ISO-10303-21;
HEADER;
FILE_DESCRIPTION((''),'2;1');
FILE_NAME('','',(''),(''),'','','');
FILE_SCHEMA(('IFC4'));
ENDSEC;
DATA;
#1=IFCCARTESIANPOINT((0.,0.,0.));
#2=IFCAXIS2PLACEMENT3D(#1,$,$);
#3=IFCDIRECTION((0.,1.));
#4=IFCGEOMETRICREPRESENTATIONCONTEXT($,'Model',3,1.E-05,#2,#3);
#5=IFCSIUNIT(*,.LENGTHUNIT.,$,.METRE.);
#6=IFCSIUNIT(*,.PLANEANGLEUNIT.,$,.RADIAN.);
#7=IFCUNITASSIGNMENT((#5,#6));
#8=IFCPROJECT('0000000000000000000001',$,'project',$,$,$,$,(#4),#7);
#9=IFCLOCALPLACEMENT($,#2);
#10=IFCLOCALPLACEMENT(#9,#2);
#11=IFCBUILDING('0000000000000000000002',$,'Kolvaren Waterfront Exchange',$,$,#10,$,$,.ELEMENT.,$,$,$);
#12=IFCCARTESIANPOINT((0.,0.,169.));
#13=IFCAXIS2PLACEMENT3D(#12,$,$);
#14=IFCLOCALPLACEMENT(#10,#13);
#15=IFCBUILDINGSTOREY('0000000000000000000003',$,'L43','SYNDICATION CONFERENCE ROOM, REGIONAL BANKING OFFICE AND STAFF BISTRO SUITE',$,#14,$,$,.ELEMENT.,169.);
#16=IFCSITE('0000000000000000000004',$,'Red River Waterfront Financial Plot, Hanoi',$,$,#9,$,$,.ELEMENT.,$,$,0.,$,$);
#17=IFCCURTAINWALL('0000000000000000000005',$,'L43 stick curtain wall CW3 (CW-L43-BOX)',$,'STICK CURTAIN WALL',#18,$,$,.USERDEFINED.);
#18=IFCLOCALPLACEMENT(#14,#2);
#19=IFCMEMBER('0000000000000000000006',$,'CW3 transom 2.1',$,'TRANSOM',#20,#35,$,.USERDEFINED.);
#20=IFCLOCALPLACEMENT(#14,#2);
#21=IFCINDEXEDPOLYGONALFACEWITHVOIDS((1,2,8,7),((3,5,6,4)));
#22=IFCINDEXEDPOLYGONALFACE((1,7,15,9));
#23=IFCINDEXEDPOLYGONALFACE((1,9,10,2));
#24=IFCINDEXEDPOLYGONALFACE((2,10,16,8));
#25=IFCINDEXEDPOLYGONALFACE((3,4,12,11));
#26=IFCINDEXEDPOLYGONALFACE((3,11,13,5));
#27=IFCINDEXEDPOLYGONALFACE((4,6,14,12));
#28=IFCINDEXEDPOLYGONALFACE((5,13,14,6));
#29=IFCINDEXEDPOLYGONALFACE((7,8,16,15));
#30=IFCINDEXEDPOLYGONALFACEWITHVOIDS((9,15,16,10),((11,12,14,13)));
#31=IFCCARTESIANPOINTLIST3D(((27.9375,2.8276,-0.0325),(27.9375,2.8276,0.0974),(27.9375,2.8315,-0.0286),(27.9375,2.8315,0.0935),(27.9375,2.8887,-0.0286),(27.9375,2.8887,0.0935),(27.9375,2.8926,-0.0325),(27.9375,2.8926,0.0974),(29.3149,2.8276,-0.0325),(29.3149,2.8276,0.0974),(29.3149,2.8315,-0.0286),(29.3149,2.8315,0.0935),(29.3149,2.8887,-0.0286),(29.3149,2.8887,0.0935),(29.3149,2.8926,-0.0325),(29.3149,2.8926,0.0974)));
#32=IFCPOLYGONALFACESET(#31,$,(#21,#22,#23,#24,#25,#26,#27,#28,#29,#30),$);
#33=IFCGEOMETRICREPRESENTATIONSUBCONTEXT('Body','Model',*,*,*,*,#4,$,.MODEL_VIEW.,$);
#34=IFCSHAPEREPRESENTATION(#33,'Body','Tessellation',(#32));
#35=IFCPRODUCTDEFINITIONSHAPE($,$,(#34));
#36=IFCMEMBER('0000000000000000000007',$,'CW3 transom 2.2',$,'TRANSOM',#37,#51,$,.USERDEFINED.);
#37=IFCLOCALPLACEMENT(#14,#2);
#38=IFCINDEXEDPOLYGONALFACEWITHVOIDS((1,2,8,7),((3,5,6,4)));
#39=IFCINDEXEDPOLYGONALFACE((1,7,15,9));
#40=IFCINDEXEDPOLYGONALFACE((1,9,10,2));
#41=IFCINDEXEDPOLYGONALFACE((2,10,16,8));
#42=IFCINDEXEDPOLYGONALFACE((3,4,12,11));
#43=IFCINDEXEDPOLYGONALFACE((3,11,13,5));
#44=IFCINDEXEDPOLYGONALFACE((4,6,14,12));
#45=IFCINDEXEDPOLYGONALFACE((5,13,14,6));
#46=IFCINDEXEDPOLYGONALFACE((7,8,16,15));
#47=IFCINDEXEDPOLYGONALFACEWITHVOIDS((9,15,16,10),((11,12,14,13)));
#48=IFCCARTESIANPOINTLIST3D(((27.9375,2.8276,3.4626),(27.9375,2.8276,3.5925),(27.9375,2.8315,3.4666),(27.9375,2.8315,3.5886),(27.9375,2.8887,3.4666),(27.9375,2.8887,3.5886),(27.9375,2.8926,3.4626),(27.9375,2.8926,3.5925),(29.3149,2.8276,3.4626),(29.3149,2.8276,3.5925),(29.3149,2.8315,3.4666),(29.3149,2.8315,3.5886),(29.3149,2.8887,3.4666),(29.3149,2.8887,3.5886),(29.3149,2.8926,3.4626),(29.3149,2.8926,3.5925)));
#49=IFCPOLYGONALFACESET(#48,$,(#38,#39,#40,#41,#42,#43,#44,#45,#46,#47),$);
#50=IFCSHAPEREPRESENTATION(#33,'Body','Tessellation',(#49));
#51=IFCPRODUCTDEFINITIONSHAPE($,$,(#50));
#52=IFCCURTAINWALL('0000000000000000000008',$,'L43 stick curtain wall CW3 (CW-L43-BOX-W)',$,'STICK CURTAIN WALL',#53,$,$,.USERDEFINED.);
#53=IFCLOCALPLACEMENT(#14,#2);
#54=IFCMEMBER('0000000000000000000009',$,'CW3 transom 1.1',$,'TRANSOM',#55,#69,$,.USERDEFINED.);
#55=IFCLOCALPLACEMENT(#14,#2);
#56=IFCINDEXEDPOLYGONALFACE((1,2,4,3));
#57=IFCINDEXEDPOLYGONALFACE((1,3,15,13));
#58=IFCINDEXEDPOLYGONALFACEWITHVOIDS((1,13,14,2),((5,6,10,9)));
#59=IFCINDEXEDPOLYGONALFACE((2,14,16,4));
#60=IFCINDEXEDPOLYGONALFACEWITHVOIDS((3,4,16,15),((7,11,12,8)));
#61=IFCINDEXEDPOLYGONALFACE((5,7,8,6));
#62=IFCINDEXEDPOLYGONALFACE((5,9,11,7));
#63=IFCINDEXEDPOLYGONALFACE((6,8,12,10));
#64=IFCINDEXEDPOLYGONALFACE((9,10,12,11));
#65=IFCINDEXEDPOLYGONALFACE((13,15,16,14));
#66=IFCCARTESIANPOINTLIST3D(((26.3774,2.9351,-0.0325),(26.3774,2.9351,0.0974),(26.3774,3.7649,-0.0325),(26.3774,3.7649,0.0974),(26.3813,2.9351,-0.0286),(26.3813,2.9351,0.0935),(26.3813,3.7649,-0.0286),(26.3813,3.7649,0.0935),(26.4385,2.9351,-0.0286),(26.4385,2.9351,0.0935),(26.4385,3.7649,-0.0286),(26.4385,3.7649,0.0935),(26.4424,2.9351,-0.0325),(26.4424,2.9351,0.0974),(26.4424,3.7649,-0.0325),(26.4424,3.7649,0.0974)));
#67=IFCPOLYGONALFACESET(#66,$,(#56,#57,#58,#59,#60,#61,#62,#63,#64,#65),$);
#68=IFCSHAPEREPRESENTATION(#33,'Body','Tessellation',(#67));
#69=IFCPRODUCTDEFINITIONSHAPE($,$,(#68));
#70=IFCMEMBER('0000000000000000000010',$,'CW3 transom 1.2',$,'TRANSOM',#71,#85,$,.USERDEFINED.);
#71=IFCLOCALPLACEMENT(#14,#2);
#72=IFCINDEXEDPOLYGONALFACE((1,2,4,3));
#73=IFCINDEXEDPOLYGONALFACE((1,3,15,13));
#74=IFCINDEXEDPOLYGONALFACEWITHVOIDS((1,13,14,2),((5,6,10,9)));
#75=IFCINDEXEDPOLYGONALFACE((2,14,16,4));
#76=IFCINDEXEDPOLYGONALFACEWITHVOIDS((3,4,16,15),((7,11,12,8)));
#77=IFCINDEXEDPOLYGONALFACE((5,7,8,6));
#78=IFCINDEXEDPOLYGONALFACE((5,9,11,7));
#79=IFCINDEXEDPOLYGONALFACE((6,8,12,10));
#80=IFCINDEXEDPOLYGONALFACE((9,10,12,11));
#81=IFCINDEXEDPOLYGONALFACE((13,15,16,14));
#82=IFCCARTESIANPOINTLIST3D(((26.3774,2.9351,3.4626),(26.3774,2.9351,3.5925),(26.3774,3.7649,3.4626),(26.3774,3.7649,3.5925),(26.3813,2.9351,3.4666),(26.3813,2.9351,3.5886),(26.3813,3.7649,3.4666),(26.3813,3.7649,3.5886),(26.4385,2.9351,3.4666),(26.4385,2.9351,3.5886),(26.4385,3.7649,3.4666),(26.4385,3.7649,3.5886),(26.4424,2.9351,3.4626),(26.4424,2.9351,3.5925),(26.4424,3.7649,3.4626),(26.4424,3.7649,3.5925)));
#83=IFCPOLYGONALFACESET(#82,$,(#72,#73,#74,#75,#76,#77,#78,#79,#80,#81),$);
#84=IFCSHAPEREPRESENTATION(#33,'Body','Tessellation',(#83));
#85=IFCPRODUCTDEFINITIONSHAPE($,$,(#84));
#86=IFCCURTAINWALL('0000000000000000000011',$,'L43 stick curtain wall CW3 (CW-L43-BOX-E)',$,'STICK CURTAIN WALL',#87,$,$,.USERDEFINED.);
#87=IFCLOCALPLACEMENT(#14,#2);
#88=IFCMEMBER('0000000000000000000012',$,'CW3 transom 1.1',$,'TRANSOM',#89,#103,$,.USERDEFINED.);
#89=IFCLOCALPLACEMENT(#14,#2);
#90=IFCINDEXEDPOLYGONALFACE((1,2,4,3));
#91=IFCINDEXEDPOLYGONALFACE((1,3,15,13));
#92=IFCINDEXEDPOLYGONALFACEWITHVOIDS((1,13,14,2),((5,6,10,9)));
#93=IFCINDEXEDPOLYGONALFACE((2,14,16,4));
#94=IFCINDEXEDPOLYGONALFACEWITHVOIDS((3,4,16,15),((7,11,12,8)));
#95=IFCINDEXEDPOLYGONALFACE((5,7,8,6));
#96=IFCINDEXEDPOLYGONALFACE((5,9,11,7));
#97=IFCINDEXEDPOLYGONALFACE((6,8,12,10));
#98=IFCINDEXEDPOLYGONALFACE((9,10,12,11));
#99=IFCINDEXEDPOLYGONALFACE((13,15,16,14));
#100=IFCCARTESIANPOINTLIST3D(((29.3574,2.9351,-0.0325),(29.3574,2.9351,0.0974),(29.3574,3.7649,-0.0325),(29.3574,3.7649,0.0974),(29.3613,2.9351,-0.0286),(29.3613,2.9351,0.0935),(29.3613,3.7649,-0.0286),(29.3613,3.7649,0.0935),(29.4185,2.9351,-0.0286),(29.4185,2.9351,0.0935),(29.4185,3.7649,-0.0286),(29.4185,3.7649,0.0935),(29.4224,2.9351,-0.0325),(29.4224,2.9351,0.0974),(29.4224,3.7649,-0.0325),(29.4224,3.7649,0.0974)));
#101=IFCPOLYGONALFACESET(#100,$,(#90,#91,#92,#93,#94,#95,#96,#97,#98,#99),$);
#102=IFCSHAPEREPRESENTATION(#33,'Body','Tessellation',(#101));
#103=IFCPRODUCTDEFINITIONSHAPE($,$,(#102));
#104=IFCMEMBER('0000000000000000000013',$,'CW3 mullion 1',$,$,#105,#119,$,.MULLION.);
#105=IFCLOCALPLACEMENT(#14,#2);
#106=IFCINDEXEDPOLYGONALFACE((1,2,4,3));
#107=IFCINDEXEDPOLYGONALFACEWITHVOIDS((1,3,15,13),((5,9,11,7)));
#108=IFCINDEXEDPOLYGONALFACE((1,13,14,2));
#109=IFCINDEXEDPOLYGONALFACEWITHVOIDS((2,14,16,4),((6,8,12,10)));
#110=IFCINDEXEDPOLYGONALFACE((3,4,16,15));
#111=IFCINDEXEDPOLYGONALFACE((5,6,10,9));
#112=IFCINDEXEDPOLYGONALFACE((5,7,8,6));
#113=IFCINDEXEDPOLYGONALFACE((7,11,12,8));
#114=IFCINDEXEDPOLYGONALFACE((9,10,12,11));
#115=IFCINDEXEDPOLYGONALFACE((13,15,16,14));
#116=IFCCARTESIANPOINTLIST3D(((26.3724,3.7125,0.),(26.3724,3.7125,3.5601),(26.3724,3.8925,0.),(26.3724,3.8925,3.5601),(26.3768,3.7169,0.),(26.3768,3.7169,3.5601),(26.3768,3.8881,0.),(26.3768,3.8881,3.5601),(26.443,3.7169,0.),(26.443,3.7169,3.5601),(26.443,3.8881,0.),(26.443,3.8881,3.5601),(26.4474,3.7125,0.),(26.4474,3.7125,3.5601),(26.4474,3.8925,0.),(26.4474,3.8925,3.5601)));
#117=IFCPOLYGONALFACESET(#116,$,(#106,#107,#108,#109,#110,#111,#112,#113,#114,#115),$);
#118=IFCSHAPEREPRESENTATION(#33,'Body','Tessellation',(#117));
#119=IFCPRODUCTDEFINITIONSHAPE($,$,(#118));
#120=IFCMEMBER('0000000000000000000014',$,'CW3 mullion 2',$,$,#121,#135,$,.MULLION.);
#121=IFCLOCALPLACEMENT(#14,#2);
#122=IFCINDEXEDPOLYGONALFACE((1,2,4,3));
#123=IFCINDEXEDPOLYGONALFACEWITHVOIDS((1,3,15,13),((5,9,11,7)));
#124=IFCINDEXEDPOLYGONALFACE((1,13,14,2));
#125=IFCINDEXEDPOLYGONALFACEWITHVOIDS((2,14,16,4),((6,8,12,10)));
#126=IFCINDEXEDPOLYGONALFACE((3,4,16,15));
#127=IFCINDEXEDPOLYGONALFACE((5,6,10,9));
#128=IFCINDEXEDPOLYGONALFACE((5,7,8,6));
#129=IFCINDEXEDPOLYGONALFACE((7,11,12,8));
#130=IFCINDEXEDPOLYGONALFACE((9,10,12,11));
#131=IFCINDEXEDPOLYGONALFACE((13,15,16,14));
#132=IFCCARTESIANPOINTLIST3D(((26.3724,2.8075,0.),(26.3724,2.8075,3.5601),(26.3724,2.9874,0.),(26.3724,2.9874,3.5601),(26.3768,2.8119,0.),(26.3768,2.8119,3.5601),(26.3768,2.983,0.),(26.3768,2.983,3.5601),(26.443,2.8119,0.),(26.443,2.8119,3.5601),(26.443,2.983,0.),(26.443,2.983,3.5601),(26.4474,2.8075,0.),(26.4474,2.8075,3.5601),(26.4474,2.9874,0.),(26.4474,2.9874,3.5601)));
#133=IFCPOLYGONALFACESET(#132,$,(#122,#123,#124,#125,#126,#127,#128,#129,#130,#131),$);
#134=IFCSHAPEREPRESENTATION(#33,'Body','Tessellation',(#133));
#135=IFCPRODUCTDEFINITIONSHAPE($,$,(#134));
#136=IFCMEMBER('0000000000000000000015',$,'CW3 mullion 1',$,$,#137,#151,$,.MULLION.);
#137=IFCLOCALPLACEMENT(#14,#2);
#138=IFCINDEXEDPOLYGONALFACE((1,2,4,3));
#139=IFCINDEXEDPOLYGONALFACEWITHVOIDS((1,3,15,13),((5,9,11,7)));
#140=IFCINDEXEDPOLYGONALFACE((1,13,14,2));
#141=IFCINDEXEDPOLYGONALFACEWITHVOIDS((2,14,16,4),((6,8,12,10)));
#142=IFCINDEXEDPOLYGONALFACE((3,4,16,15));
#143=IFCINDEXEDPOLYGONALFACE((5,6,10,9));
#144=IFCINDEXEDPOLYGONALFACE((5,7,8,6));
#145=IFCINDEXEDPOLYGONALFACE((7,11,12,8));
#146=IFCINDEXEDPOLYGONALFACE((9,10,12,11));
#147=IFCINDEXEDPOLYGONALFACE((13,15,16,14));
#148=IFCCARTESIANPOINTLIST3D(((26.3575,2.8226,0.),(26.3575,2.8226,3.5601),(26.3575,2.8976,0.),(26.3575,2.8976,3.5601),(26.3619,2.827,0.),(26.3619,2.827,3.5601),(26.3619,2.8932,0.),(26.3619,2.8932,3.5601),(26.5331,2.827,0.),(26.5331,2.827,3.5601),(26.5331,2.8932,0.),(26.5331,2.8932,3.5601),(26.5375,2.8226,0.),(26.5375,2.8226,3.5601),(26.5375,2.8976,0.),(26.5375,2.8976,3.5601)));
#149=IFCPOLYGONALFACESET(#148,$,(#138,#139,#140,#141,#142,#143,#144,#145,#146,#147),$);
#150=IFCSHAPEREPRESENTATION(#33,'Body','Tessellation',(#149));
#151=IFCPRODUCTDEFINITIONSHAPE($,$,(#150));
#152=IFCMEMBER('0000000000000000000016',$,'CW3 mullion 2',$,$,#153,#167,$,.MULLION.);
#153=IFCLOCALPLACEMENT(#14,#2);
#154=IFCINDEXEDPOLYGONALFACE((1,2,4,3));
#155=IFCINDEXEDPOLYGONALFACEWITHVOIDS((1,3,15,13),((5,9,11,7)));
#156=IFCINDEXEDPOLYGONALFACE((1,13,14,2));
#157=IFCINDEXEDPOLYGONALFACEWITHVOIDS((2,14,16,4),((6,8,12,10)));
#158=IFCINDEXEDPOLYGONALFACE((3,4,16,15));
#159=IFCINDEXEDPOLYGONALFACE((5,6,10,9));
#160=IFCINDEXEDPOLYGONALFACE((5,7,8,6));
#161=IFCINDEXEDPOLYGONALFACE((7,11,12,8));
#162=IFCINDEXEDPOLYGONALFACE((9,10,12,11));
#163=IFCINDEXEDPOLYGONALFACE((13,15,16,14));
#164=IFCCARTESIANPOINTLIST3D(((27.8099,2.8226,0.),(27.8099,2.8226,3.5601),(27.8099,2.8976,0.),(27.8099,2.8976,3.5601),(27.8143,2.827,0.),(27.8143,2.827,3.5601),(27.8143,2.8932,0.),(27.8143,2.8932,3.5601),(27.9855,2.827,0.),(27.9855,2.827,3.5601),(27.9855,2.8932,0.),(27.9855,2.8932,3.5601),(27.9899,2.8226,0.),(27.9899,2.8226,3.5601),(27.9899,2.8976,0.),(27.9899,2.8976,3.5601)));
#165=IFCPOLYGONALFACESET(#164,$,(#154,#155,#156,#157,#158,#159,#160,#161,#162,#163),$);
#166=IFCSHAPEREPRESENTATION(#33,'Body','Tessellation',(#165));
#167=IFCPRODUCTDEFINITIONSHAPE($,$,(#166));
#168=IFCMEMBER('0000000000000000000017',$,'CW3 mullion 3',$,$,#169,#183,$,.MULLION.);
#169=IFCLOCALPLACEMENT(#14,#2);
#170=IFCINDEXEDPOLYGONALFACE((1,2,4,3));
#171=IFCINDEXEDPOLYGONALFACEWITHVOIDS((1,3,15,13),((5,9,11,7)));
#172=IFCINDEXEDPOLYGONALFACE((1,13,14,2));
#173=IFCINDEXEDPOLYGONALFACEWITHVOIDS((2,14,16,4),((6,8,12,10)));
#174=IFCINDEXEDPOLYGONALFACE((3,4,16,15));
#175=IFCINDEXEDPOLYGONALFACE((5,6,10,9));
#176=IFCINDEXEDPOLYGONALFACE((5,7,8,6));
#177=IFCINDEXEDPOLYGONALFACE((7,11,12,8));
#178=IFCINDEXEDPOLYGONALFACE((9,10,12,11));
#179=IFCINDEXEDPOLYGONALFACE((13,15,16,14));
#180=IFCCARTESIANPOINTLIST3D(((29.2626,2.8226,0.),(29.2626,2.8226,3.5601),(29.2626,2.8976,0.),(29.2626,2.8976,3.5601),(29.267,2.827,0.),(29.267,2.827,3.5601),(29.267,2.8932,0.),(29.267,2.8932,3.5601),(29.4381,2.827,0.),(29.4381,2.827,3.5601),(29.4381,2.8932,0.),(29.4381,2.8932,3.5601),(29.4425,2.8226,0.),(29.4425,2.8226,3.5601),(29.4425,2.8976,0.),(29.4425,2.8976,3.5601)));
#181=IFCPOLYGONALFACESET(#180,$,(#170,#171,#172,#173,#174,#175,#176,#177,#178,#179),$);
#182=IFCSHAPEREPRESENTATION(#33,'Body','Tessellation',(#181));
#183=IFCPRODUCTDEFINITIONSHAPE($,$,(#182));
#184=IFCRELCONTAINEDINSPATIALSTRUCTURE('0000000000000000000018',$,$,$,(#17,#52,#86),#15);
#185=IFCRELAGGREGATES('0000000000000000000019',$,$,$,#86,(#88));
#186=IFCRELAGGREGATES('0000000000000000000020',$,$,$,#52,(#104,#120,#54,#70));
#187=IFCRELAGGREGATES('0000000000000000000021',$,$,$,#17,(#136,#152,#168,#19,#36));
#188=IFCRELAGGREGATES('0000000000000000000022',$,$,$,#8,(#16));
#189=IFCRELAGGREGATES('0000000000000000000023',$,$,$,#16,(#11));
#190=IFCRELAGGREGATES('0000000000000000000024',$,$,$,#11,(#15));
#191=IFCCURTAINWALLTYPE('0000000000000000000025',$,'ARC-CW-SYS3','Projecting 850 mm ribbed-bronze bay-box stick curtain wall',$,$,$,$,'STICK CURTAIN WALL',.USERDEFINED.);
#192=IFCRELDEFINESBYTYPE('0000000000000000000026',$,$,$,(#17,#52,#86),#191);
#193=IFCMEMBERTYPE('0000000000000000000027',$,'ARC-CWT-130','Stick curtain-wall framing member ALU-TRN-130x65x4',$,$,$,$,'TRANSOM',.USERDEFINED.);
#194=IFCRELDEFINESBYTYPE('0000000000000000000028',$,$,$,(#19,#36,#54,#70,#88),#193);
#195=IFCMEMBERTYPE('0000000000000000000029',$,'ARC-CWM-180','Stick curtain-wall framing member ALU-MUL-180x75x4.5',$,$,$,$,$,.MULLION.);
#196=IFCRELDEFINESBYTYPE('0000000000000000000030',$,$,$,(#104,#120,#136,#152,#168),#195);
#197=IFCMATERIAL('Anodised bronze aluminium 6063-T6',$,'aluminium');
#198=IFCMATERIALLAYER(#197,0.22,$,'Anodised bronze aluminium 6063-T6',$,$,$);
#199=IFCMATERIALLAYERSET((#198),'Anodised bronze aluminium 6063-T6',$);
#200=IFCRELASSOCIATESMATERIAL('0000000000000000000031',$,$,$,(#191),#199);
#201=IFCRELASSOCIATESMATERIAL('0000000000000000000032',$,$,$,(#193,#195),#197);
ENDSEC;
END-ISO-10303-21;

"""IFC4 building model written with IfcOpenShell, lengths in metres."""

from ifc_helpers import new_model, si_unit, direction, frame, origin, origin_with_axes, origin_2d, place, context, subcontext, project, spatial, hollow_rectangle, extrude, source, transform, mapped, material, layer, layer_set, material_profile, profile_set, type_object, element, aggregate, save


model = new_model("IFC4")

# Units and contexts
model_context = context("Model", 3, precision=1e-05, world=origin(), true_north=direction((0.0, 1.0)))
body_context = subcontext(model_context, "Body", "Model", "MODEL_VIEW")
ifc_project = project(units=[si_unit("LENGTHUNIT", "METRE"), si_unit("PLANEANGLEUNIT", "RADIAN")], contexts=[model_context])

# Site, building, storey
site_placement = place(None, origin())
site = spatial("IfcSite", under=ifc_project, at=site_placement, Name="Red River Waterfront Financial Plot, Hanoi", CompositionType="ELEMENT", RefElevation=0.0)
building_placement = place(site_placement, origin())
building = spatial("IfcBuilding", under=site, at=building_placement, Name="Kolvaren Waterfront Exchange", CompositionType="ELEMENT")
storey_placement = place(building_placement, frame((0.0, 0.0, 169.0)))
storey = spatial("IfcBuildingStorey", under=building, at=storey_placement, Name="L43", Description="SYNDICATION CONFERENCE ROOM, REGIONAL BANKING OFFICE AND STAFF BISTRO SUITE", CompositionType="ELEMENT", Elevation=169.0)

# Curtain walls, members
ifc_material_1 = material(Name="Anodised bronze aluminium 6063-T6", Category="aluminium")
ifc_layer_1 = layer(ifc_material_1, 0.22, Name="Anodised bronze aluminium 6063-T6")
ifc_layer_set_1 = layer_set([ifc_layer_1], Name="Anodised bronze aluminium 6063-T6")
curtain_wall_type_1 = type_object("IfcCurtainWallType", Name="ARC-CW-SYS3", Description="Projecting 850 mm ribbed-bronze bay-box stick curtain wall", ElementType="STICK CURTAIN WALL", PredefinedType="USERDEFINED", material=ifc_layer_set_1)
curtain_wall_1_placement = place(storey_placement, origin())
curtain_wall_1 = element("IfcCurtainWall", 1, at=curtain_wall_1_placement, inside=storey, type_object=curtain_wall_type_1, Name="L43 stick curtain wall CW3 (CW-L43-BOX)", ObjectType="STICK CURTAIN WALL", PredefinedType="USERDEFINED")
ifc_material_profile_1 = material_profile(ifc_material_1, hollow_rectangle(XDim=0.0649, YDim=0.1299, WallThickness=0.0039, at=origin_2d()), Name="ALU-TRN-130x65x4")
ifc_profile_set_1 = profile_set([ifc_material_profile_1], Name="Anodised bronze aluminium 6063-T6")
member_type_1 = type_object("IfcMemberType", Name="ARC-CWT-130", Description="Stick curtain-wall framing member ALU-TRN-130x65x4", ElementType="TRANSOM", PredefinedType="USERDEFINED", material=ifc_profile_set_1)
shared_shape_1 = source(origin_with_axes(), body_context, "Body", "SweptSolid", [
    extrude(hollow_rectangle(XDim=0.0649, YDim=0.1299, WallThickness=0.0039, at=origin_2d()), origin(), (0.0, 0.0, 1.0), 1.3774),
])
member_1_placement = place(storey_placement, frame((27.9375, 2.8601, 0.0325), z_axis=(1.0, 0.0, 0.0), x_axis=(0.0, 1.0, 0.0)))
member_1 = element("IfcMember", 2, at=member_1_placement, type_object=member_type_1, Name="CW3 transom 2.1", ObjectType="TRANSOM", PredefinedType="USERDEFINED", context=body_context, shape_type="MappedRepresentation", body=[
    mapped(shared_shape_1, transform((0.0, 0.0, 0.0), x_axis=(1.0, 0.0, 0.0), y_axis=(0.0, 1.0, 0.0), z_axis=(0.0, 0.0, 1.0), scale=1.0)),
])
member_2_placement = place(storey_placement, frame((27.9375, 2.8601, 3.5276), z_axis=(1.0, 0.0, 0.0), x_axis=(0.0, 1.0, 0.0)))
member_2 = element("IfcMember", 3, at=member_2_placement, type_object=member_type_1, Name="CW3 transom 2.2", ObjectType="TRANSOM", PredefinedType="USERDEFINED", context=body_context, shape_type="MappedRepresentation", body=[
    mapped(shared_shape_1, transform((0.0, 0.0, 0.0), x_axis=(1.0, 0.0, 0.0), y_axis=(0.0, 1.0, 0.0), z_axis=(0.0, 0.0, 1.0), scale=1.0)),
])
curtain_wall_2_placement = place(storey_placement, origin())
curtain_wall_2 = element("IfcCurtainWall", 4, at=curtain_wall_2_placement, inside=storey, type_object=curtain_wall_type_1, Name="L43 stick curtain wall CW3 (CW-L43-BOX-W)", ObjectType="STICK CURTAIN WALL", PredefinedType="USERDEFINED")
shared_shape_2 = source(origin_with_axes(), body_context, "Body", "SweptSolid", [
    extrude(hollow_rectangle(XDim=0.0649, YDim=0.1299, WallThickness=0.0039, at=origin_2d()), origin(), (0.0, 0.0, 1.0), 0.8298),
])
member_3_placement = place(storey_placement, frame((26.4099, 3.7649, 0.0325), z_axis=(0.0, -1.0, 0.0), x_axis=(1.0, 0.0, 0.0)))
member_3 = element("IfcMember", 5, at=member_3_placement, type_object=member_type_1, Name="CW3 transom 1.1", ObjectType="TRANSOM", PredefinedType="USERDEFINED", context=body_context, shape_type="MappedRepresentation", body=[
    mapped(shared_shape_2, transform((0.0, 0.0, 0.0), x_axis=(1.0, 0.0, 0.0), y_axis=(0.0, 1.0, 0.0), z_axis=(0.0, 0.0, 1.0), scale=1.0)),
])
member_4_placement = place(storey_placement, frame((26.4099, 3.7649, 3.5276), z_axis=(0.0, -1.0, 0.0), x_axis=(1.0, 0.0, 0.0)))
member_4 = element("IfcMember", 6, at=member_4_placement, type_object=member_type_1, Name="CW3 transom 1.2", ObjectType="TRANSOM", PredefinedType="USERDEFINED", context=body_context, shape_type="MappedRepresentation", body=[
    mapped(shared_shape_2, transform((0.0, 0.0, 0.0), x_axis=(1.0, 0.0, 0.0), y_axis=(0.0, 1.0, 0.0), z_axis=(0.0, 0.0, 1.0), scale=1.0)),
])

# Curtain wall, member
curtain_wall_3_placement = place(storey_placement, origin())
curtain_wall_3 = element("IfcCurtainWall", 7, at=curtain_wall_3_placement, inside=storey, type_object=curtain_wall_type_1, Name="L43 stick curtain wall CW3 (CW-L43-BOX-E)", ObjectType="STICK CURTAIN WALL", PredefinedType="USERDEFINED")
member_5_placement = place(storey_placement, frame((29.3899, 2.9351, 0.0325), z_axis=(0.0, 1.0, 0.0), x_axis=(-1.0, 0.0, 0.0)))
member_5 = element("IfcMember", 8, at=member_5_placement, type_object=member_type_1, Name="CW3 transom 1.1", ObjectType="TRANSOM", PredefinedType="USERDEFINED", context=body_context, shape_type="MappedRepresentation", body=[
    mapped(shared_shape_2, transform((0.0, 0.0, 0.0), x_axis=(1.0, 0.0, 0.0), y_axis=(0.0, 1.0, 0.0), z_axis=(0.0, 0.0, 1.0), scale=1.0)),
])

# Members
ifc_material_profile_2 = material_profile(ifc_material_1, hollow_rectangle(XDim=0.075, YDim=0.1799, WallThickness=0.0044, at=origin_2d()), Name="ALU-MUL-180x75x4.5")
ifc_profile_set_2 = profile_set([ifc_material_profile_2], Name="Anodised bronze aluminium 6063-T6")
member_type_2 = type_object("IfcMemberType", Name="ARC-CWM-180", Description="Stick curtain-wall framing member ALU-MUL-180x75x4.5", PredefinedType="MULLION", material=ifc_profile_set_2)
shared_shape_3 = source(origin_with_axes(), body_context, "Body", "SweptSolid", [
    extrude(hollow_rectangle(XDim=0.075, YDim=0.1799, WallThickness=0.0044, at=origin_2d()), origin(), (0.0, 0.0, 1.0), 3.5601),
])
member_6_placement = place(storey_placement, frame((26.4099, 3.8025, 0.0), z_axis=(0.0, 0.0, 1.0), x_axis=(1.0, 0.0, 0.0)))
member_6 = element("IfcMember", 9, at=member_6_placement, type_object=member_type_2, Name="CW3 mullion 1", PredefinedType="MULLION", context=body_context, shape_type="MappedRepresentation", body=[
    mapped(shared_shape_3, transform((0.0, 0.0, 0.0), x_axis=(1.0, 0.0, 0.0), y_axis=(0.0, 1.0, 0.0), z_axis=(0.0, 0.0, 1.0), scale=1.0)),
])
member_7_placement = place(storey_placement, frame((26.4099, 2.8975, 0.0), z_axis=(0.0, 0.0, 1.0), x_axis=(1.0, 0.0, 0.0)))
member_7 = element("IfcMember", 10, at=member_7_placement, type_object=member_type_2, Name="CW3 mullion 2", PredefinedType="MULLION", context=body_context, shape_type="MappedRepresentation", body=[
    mapped(shared_shape_3, transform((0.0, 0.0, 0.0), x_axis=(1.0, 0.0, 0.0), y_axis=(0.0, 1.0, 0.0), z_axis=(0.0, 0.0, 1.0), scale=1.0)),
])
member_8_placement = place(storey_placement, frame((26.4475, 2.8601, 0.0), z_axis=(0.0, 0.0, 1.0), x_axis=(0.0, 1.0, 0.0)))
member_8 = element("IfcMember", 11, at=member_8_placement, type_object=member_type_2, Name="CW3 mullion 1", PredefinedType="MULLION", context=body_context, shape_type="MappedRepresentation", body=[
    mapped(shared_shape_3, transform((0.0, 0.0, 0.0), x_axis=(1.0, 0.0, 0.0), y_axis=(0.0, 1.0, 0.0), z_axis=(0.0, 0.0, 1.0), scale=1.0)),
])
member_9_placement = place(storey_placement, frame((27.8999, 2.8601, 0.0), z_axis=(0.0, 0.0, 1.0), x_axis=(0.0, 1.0, 0.0)))
member_9 = element("IfcMember", 12, at=member_9_placement, type_object=member_type_2, Name="CW3 mullion 2", PredefinedType="MULLION", context=body_context, shape_type="MappedRepresentation", body=[
    mapped(shared_shape_3, transform((0.0, 0.0, 0.0), x_axis=(1.0, 0.0, 0.0), y_axis=(0.0, 1.0, 0.0), z_axis=(0.0, 0.0, 1.0), scale=1.0)),
])
member_10_placement = place(storey_placement, frame((29.3525, 2.8601, 0.0), z_axis=(0.0, 0.0, 1.0), x_axis=(0.0, 1.0, 0.0)))
member_10 = element("IfcMember", 13, at=member_10_placement, type_object=member_type_2, Name="CW3 mullion 3", PredefinedType="MULLION", context=body_context, shape_type="MappedRepresentation", body=[
    mapped(shared_shape_3, transform((0.0, 0.0, 0.0), x_axis=(1.0, 0.0, 0.0), y_axis=(0.0, 1.0, 0.0), z_axis=(0.0, 0.0, 1.0), scale=1.0)),
])
aggregate(curtain_wall_3, [member_5])

aggregate(curtain_wall_2, [member_6, member_7, member_3, member_4])
aggregate(curtain_wall_1, [member_8, member_9, member_10, member_1, member_2])

save(model, "model.ifc")
